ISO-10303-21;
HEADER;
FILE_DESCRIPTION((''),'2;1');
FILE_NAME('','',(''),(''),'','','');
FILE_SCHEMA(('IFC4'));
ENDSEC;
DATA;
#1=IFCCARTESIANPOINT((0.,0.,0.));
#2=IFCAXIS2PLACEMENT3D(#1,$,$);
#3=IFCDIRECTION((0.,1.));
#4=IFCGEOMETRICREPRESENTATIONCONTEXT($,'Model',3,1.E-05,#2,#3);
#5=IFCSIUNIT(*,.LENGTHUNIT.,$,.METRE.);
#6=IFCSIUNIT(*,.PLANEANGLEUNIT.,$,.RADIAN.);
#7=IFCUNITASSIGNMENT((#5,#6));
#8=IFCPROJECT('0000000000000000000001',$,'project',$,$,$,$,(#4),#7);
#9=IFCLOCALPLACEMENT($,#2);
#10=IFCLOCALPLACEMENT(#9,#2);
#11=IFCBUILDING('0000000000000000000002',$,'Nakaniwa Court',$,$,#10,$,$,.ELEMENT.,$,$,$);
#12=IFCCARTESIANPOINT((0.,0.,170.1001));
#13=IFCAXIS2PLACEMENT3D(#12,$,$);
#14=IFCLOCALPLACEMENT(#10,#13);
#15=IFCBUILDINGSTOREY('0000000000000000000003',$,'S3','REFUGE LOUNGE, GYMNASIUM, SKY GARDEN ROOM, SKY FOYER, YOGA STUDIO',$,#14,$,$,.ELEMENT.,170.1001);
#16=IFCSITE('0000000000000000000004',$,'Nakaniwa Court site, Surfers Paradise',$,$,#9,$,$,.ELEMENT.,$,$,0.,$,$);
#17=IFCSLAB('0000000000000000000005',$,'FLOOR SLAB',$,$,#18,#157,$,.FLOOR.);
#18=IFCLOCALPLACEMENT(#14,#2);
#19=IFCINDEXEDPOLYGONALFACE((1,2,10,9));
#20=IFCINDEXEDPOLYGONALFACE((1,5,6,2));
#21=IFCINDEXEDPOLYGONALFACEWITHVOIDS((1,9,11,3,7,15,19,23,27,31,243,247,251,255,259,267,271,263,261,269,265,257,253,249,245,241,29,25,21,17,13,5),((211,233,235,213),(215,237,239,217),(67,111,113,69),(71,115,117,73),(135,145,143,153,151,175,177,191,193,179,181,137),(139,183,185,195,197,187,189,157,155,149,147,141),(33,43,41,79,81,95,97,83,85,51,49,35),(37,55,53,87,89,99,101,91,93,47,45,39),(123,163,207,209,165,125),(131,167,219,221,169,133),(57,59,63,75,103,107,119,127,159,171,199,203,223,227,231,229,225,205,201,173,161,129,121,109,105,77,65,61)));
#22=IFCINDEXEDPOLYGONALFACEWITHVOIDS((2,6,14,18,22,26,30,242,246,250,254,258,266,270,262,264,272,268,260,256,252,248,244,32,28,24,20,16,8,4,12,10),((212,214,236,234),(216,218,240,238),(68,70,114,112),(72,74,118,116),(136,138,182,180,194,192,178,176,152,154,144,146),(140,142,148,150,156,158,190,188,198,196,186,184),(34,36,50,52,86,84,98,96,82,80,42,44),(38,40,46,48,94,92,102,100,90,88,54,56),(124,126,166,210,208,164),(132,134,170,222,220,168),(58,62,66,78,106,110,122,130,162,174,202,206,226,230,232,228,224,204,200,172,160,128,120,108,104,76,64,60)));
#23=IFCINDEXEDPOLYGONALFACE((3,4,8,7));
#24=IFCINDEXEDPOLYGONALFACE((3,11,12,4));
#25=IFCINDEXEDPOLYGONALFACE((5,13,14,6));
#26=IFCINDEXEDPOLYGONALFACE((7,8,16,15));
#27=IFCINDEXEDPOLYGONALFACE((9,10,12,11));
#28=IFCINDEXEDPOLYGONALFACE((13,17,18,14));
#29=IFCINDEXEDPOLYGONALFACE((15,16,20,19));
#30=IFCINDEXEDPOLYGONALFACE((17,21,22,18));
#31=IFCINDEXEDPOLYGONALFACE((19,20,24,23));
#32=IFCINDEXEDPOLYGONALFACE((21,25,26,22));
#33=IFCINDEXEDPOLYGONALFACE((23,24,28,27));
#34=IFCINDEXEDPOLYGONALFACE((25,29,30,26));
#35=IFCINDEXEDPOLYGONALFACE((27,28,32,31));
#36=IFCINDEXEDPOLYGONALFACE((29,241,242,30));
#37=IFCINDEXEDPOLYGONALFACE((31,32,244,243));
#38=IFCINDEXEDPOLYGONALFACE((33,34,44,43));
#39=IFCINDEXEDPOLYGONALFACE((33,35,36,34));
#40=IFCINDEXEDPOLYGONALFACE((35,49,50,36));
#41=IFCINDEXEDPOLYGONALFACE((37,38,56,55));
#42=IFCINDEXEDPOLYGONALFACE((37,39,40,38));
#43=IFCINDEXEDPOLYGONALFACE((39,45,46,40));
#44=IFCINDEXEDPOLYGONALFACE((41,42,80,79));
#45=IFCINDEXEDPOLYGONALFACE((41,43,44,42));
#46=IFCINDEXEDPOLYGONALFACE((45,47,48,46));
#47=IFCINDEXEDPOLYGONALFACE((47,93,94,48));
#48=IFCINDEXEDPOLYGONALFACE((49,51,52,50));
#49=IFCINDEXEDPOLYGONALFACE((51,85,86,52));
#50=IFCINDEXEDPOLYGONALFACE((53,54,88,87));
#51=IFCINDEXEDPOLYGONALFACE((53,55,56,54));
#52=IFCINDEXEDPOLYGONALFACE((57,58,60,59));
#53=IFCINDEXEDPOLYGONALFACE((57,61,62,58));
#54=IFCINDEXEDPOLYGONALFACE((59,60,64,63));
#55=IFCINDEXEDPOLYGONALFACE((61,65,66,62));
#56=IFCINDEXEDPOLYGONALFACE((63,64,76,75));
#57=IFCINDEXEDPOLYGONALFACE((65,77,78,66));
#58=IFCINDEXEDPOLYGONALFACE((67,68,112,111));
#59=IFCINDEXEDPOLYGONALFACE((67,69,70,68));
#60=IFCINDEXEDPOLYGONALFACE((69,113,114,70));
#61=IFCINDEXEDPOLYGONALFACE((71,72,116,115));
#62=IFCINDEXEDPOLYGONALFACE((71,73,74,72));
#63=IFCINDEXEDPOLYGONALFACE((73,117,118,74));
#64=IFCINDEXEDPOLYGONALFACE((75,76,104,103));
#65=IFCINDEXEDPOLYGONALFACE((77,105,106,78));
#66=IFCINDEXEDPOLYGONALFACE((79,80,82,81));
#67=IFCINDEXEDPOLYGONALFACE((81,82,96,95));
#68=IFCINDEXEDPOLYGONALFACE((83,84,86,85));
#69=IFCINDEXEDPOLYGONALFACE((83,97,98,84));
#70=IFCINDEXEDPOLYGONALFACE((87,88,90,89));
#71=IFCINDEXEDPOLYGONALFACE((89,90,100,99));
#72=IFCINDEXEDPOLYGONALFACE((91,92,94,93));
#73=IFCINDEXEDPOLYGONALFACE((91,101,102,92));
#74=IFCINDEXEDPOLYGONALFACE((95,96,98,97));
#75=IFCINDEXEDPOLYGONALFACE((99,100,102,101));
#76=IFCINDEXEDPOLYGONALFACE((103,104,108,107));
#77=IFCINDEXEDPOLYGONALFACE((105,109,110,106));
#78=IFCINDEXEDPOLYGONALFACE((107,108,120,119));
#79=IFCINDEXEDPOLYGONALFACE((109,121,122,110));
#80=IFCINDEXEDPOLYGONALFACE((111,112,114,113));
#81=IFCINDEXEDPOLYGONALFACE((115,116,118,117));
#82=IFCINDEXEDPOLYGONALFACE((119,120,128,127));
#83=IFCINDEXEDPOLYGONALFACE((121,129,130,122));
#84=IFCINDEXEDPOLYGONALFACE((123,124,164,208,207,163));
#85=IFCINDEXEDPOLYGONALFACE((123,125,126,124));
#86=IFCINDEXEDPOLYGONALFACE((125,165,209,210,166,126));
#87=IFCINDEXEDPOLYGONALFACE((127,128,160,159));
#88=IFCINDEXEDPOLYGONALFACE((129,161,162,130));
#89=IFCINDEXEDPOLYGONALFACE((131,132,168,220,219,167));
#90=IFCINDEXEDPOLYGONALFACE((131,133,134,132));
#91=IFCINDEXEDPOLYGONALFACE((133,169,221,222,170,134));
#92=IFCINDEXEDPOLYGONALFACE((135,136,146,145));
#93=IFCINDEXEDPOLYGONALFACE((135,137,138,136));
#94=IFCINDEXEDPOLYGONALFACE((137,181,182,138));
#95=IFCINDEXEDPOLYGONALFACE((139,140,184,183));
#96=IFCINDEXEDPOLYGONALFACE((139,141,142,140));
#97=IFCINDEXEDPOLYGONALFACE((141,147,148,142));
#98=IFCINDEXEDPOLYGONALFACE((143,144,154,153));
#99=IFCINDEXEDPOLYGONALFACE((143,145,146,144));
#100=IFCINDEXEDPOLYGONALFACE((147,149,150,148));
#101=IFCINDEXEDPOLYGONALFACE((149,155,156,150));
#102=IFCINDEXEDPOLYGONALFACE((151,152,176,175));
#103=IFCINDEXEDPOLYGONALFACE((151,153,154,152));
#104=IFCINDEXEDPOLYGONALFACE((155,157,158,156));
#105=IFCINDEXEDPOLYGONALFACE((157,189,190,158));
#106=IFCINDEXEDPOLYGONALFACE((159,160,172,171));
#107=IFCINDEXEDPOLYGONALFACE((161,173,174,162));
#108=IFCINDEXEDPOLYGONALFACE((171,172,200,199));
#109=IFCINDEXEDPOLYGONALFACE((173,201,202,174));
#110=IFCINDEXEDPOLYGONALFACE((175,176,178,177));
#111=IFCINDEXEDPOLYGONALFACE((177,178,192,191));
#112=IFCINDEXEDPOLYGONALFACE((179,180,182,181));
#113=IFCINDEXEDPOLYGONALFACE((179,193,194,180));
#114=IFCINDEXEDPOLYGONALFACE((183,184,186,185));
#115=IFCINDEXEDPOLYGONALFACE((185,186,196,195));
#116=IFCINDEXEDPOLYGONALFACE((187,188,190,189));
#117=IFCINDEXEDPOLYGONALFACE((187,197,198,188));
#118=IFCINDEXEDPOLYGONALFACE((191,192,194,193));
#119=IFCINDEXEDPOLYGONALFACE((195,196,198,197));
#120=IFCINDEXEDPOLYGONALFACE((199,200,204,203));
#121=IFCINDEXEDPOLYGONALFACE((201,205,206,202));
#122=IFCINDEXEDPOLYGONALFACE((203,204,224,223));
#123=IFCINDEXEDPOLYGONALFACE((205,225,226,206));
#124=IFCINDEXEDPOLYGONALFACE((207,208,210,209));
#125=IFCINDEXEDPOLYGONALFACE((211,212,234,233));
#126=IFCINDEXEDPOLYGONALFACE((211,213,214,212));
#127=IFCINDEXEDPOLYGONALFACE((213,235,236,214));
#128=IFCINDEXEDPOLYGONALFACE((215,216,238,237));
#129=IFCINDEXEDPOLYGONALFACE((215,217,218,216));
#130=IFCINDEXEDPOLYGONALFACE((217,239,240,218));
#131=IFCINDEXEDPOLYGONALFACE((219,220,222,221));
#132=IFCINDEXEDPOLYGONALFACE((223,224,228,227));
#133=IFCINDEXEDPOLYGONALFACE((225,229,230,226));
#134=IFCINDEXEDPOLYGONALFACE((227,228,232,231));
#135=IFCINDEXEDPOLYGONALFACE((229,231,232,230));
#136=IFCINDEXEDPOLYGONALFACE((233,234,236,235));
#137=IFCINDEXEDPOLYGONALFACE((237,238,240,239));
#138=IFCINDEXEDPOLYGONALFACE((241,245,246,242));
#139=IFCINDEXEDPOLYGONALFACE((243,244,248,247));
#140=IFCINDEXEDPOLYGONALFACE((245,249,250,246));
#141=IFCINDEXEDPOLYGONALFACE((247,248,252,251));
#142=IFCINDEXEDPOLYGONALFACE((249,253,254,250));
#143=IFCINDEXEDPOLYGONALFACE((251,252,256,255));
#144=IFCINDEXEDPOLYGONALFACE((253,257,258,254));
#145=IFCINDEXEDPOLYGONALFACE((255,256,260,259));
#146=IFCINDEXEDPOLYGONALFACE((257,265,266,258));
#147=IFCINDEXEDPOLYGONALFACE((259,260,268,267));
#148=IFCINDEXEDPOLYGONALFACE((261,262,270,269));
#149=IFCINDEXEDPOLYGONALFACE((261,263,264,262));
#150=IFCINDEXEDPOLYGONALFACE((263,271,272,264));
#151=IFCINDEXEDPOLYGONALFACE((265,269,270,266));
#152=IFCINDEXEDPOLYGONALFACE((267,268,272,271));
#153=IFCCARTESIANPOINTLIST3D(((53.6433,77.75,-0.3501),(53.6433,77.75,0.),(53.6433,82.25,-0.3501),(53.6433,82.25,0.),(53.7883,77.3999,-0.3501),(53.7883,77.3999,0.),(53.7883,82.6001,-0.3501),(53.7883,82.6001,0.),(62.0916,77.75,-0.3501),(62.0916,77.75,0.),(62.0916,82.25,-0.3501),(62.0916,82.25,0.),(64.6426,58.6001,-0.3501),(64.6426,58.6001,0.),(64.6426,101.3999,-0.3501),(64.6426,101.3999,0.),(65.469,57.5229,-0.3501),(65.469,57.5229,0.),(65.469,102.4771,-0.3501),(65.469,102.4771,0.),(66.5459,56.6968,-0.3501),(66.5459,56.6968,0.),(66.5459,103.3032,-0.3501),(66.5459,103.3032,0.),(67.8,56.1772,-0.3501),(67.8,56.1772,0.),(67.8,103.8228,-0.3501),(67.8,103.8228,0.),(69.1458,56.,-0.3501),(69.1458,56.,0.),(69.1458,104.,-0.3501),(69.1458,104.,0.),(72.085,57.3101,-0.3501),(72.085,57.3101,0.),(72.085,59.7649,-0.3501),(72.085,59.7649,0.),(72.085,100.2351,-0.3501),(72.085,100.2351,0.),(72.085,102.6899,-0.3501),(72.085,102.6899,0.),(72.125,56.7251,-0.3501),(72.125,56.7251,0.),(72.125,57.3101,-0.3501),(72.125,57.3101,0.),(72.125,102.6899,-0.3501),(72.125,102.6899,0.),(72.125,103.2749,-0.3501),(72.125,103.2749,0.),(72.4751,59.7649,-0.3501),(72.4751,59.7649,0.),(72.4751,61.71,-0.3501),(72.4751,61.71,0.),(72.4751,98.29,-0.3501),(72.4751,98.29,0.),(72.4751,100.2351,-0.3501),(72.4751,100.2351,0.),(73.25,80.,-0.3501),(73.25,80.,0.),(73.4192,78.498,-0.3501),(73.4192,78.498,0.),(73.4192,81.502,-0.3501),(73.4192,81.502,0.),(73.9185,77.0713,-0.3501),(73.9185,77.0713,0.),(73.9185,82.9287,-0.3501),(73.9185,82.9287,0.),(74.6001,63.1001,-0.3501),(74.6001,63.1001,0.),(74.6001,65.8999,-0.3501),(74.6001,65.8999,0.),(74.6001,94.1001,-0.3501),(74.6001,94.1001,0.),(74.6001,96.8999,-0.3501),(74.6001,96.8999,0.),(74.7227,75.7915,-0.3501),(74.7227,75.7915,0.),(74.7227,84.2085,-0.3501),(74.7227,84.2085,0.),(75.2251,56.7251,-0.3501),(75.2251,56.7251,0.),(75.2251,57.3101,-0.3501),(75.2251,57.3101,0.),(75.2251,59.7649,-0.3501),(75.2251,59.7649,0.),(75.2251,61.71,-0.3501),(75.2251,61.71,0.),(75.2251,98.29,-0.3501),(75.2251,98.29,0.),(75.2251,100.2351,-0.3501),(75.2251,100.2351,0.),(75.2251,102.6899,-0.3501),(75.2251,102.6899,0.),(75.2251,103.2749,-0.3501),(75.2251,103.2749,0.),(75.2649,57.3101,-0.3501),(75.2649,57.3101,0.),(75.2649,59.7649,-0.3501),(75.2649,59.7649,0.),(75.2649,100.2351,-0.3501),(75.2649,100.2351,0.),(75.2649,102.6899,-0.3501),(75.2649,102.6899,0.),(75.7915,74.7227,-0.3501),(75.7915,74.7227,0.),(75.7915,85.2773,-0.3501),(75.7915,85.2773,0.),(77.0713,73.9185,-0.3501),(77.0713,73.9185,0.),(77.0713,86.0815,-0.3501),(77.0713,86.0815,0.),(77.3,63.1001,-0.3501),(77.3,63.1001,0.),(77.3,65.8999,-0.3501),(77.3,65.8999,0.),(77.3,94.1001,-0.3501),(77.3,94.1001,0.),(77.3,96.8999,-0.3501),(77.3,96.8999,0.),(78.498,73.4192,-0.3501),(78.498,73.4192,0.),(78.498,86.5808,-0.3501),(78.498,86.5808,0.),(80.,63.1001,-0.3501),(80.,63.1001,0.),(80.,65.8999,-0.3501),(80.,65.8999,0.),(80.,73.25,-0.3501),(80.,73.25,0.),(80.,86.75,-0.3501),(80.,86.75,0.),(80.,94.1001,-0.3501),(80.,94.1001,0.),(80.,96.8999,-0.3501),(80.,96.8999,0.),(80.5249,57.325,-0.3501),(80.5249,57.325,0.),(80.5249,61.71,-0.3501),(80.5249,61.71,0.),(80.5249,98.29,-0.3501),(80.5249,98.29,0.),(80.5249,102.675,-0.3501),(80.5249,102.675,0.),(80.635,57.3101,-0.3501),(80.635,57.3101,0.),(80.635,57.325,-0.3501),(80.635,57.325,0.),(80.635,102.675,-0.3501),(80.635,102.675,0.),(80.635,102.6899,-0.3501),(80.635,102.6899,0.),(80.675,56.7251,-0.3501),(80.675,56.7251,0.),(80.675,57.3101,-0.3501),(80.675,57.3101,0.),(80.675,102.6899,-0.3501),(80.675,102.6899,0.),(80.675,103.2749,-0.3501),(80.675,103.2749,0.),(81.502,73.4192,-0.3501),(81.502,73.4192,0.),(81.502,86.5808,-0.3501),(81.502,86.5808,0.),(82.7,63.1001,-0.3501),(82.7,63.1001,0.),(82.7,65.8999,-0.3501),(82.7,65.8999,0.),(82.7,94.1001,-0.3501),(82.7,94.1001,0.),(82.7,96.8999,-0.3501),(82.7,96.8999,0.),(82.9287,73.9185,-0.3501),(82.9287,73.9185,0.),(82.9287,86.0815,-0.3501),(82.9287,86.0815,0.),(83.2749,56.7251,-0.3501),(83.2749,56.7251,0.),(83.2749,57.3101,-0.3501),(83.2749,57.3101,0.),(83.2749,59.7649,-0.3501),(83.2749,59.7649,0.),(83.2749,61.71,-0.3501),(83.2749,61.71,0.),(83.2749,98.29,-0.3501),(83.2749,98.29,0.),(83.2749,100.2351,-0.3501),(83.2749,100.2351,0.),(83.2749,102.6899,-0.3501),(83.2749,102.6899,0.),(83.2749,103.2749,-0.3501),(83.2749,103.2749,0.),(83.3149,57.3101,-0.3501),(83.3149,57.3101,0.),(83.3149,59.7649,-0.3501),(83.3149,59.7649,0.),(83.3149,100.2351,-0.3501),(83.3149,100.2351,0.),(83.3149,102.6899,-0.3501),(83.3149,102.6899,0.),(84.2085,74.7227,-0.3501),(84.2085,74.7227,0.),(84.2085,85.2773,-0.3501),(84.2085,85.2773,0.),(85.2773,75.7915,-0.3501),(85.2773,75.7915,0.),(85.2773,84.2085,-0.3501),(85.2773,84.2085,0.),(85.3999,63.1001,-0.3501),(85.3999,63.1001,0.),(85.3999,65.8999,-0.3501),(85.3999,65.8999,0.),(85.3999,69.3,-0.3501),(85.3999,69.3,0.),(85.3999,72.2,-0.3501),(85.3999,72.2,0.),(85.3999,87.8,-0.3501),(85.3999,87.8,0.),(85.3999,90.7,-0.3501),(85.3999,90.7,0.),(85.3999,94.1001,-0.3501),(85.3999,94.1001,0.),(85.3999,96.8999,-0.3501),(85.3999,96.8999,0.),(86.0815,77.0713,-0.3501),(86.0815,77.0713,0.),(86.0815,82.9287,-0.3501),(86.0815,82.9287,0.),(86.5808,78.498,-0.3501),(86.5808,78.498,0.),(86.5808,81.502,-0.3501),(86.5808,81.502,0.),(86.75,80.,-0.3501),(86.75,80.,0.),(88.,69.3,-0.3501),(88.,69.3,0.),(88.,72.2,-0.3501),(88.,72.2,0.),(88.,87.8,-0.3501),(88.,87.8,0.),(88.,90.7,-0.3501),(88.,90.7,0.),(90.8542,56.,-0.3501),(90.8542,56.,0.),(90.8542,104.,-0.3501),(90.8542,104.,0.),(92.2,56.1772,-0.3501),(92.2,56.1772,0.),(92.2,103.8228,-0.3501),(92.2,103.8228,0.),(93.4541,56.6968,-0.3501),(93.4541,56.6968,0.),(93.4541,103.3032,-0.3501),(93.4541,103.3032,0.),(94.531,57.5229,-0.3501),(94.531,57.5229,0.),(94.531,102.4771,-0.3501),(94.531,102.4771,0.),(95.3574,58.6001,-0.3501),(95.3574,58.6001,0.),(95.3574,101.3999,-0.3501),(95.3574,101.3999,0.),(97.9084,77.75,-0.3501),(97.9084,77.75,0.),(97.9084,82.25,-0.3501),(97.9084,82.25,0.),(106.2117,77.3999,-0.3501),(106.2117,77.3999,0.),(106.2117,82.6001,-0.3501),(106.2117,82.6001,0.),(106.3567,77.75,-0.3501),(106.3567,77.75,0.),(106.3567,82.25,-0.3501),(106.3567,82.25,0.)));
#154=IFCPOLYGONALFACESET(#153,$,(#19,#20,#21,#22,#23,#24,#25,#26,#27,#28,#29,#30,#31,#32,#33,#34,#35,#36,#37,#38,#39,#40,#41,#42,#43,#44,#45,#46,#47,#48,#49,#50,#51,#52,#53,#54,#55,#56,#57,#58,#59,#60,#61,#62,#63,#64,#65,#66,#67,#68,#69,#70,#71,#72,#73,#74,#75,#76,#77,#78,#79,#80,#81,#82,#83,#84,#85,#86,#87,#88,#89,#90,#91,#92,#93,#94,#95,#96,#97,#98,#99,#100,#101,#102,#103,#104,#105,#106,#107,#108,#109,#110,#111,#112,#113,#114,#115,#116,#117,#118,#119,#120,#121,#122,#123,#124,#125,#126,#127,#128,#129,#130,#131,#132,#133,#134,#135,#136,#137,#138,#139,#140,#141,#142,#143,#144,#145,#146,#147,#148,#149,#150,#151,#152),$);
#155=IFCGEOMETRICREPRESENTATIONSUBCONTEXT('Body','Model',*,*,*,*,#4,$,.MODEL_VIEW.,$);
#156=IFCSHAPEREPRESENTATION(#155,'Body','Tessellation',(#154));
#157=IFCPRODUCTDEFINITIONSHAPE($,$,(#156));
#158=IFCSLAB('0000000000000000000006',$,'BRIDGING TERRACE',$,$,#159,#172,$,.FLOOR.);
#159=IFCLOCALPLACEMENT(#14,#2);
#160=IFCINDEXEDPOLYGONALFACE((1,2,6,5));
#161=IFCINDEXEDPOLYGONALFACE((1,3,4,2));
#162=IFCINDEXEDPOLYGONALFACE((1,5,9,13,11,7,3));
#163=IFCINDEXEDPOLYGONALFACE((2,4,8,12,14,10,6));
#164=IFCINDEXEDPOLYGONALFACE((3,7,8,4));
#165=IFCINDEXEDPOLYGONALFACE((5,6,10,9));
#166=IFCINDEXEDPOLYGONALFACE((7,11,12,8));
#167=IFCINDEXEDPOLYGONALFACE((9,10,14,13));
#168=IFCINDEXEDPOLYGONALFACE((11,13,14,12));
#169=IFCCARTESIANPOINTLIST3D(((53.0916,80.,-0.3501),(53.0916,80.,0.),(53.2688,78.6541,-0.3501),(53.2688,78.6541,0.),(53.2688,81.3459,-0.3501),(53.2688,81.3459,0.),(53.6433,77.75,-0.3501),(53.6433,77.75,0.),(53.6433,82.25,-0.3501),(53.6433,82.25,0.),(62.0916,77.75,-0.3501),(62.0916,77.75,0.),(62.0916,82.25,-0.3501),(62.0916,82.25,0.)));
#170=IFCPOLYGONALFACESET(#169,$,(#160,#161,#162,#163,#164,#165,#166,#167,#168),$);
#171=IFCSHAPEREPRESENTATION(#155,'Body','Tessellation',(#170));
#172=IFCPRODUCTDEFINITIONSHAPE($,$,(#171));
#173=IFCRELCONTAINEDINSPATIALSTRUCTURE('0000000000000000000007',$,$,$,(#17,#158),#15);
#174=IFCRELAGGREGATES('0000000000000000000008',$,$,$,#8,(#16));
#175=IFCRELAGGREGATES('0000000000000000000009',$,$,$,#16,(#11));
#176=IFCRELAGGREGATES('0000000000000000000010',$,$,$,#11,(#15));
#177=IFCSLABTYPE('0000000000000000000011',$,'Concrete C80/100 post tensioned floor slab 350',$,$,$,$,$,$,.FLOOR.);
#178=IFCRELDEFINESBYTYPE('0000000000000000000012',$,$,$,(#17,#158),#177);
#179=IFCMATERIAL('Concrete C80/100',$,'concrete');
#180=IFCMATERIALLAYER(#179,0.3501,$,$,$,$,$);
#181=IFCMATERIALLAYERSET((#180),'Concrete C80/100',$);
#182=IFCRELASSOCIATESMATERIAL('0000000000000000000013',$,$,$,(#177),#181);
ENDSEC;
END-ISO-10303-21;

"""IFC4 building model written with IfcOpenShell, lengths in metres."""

from ifc_helpers import new_model, si_unit, direction, frame, origin, place, context, subcontext, project, spatial, polyline, outline, extrude, material, layer, layer_set, type_object, element, save


model = new_model("IFC4")

# Units and contexts
model_context = context("Model", 3, precision=1e-05, world=origin(), true_north=direction((0.0, 1.0)))
body_context = subcontext(model_context, "Body", "Model", "MODEL_VIEW")
ifc_project = project(units=[si_unit("LENGTHUNIT", "METRE"), si_unit("PLANEANGLEUNIT", "RADIAN")], contexts=[model_context])

# Site, building, storey
site_placement = place(None, origin())
site = spatial("IfcSite", under=ifc_project, at=site_placement, Name="Nakaniwa Court site, Surfers Paradise", CompositionType="ELEMENT", RefElevation=0.0)
building_placement = place(site_placement, origin())
building = spatial("IfcBuilding", under=site, at=building_placement, Name="Nakaniwa Court", CompositionType="ELEMENT")
storey_placement = place(building_placement, frame((0.0, 0.0, 170.1001)))
storey = spatial("IfcBuildingStorey", under=building, at=storey_placement, Name="S3", Description="REFUGE LOUNGE, GYMNASIUM, SKY GARDEN ROOM, SKY FOYER, YOGA STUDIO", CompositionType="ELEMENT", Elevation=170.1001)

# Shared definitions
ifc_material_1 = material(Name="Concrete C80/100", Category="concrete")

# Slabs
ifc_layer_1 = layer(ifc_material_1, 0.3501)
ifc_layer_set_1 = layer_set([ifc_layer_1], Name="Concrete C80/100")
slab_type_1 = type_object("IfcSlabType", Name="Concrete C80/100 post tensioned floor slab 350", PredefinedType="FLOOR", material=ifc_layer_set_1)
slab_1_placement = place(storey_placement, frame((0.0, 0.0, -0.3501)))
element("IfcSlab", 1, at=slab_1_placement, inside=storey, type_object=slab_type_1, Name="FLOOR SLAB", PredefinedType="FLOOR", context=body_context, shape_type="SweptSolid", body=[
    extrude(outline(polyline([(97.9084, 82.25), (106.3567, 82.25), (106.2117, 82.6001), (95.3574, 101.3999), (94.531, 102.4771), (93.4541, 103.3032), (92.2, 103.8228), (90.8542, 104.0), (69.1458, 104.0), (67.8, 103.8228), (66.5459, 103.3032), (65.469, 102.4771), (64.6426, 101.3999), (53.7883, 82.6001), (53.6433, 82.25), (62.0916, 82.25), (62.0916, 77.75), (53.6433, 77.75), (53.7883, 77.3999), (64.6426, 58.6001), (65.469, 57.5229), (66.5459, 56.6968), (67.8, 56.1772), (69.1458, 56.0), (90.8542, 56.0), (92.2, 56.1772), (93.4541, 56.6968), (94.531, 57.5229), (95.3574, 58.6001), (106.2117, 77.3999), (106.3567, 77.75), (97.9084, 77.75), (97.9084, 82.25)]), holes=[polyline([(81.502, 86.5808), (80.0, 86.75), (78.498, 86.5808), (77.0713, 86.0815), (75.7915, 85.2773), (74.7227, 84.2085), (73.9185, 82.9287), (73.4192, 81.502), (73.25, 80.0), (73.4192, 78.498), (73.9185, 77.0713), (74.7227, 75.7915), (75.7915, 74.7227), (77.0713, 73.9185), (78.498, 73.4192), (80.0, 73.25), (81.502, 73.4192), (82.9287, 73.9185), (84.2085, 74.7227), (85.2773, 75.7915), (86.0815, 77.0713), (86.5808, 78.498), (86.75, 80.0), (86.5808, 81.502), (86.0815, 82.9287), (85.2773, 84.2085), (84.2085, 85.2773), (82.9287, 86.0815), (81.502, 86.5808)]), polyline([(72.4751, 61.71), (72.4751, 59.7649), (72.085, 59.7649), (72.085, 57.3101), (72.125, 57.3101), (72.125, 56.7251), (75.2251, 56.7251), (75.2251, 57.3101), (75.2649, 57.3101), (75.2649, 59.7649), (75.2251, 59.7649), (75.2251, 61.71), (72.4751, 61.71)]), polyline([(77.3, 65.8999), (74.6001, 65.8999), (74.6001, 63.1001), (77.3, 63.1001), (77.3, 65.8999)]), polyline([(80.0, 65.8999), (80.0, 63.1001), (82.7, 63.1001), (85.3999, 63.1001), (85.3999, 65.8999), (82.7, 65.8999), (80.0, 65.8999)]), polyline([(77.3, 96.8999), (74.6001, 96.8999), (74.6001, 94.1001), (77.3, 94.1001), (77.3, 96.8999)]), polyline([(80.0, 96.8999), (80.0, 94.1001), (82.7, 94.1001), (85.3999, 94.1001), (85.3999, 96.8999), (82.7, 96.8999), (80.0, 96.8999)]), polyline([(75.2649, 100.2351), (75.2649, 102.6899), (75.2251, 102.6899), (75.2251, 103.2749), (72.125, 103.2749), (72.125, 102.6899), (72.085, 102.6899), (72.085, 100.2351), (72.4751, 100.2351), (72.4751, 98.29), (75.2251, 98.29), (75.2251, 100.2351), (75.2649, 100.2351)]), polyline([(83.2749, 61.71), (80.5249, 61.71), (80.5249, 57.325), (80.635, 57.325), (80.635, 57.3101), (80.675, 57.3101), (80.675, 56.7251), (83.2749, 56.7251), (83.2749, 57.3101), (83.3149, 57.3101), (83.3149, 59.7649), (83.2749, 59.7649), (83.2749, 61.71)]), polyline([(88.0, 72.2), (85.3999, 72.2), (85.3999, 69.3), (88.0, 69.3), (88.0, 72.2)]), polyline([(88.0, 90.7), (85.3999, 90.7), (85.3999, 87.8), (88.0, 87.8), (88.0, 90.7)]), polyline([(83.3149, 100.2351), (83.3149, 102.6899), (83.2749, 102.6899), (83.2749, 103.2749), (80.675, 103.2749), (80.675, 102.6899), (80.635, 102.6899), (80.635, 102.675), (80.5249, 102.675), (80.5249, 98.29), (83.2749, 98.29), (83.2749, 100.2351), (83.3149, 100.2351)])]), origin(), (0.0, 0.0, 1.0), 0.3501),
])
slab_2_placement = place(storey_placement, frame((0.0, 0.0, -0.3501)))
element("IfcSlab", 2, at=slab_2_placement, inside=storey, type_object=slab_type_1, Name="BRIDGING TERRACE", PredefinedType="FLOOR", context=body_context, shape_type="SweptSolid", body=[
    extrude(outline(polyline([(53.6433, 82.25), (53.2688, 81.3459), (53.0916, 80.0), (53.2688, 78.6541), (53.6433, 77.75), (62.0916, 77.75), (62.0916, 82.25), (53.6433, 82.25)])), origin(), (0.0, 0.0, 1.0), 0.3501),
])

save(model, "model.ifc")
